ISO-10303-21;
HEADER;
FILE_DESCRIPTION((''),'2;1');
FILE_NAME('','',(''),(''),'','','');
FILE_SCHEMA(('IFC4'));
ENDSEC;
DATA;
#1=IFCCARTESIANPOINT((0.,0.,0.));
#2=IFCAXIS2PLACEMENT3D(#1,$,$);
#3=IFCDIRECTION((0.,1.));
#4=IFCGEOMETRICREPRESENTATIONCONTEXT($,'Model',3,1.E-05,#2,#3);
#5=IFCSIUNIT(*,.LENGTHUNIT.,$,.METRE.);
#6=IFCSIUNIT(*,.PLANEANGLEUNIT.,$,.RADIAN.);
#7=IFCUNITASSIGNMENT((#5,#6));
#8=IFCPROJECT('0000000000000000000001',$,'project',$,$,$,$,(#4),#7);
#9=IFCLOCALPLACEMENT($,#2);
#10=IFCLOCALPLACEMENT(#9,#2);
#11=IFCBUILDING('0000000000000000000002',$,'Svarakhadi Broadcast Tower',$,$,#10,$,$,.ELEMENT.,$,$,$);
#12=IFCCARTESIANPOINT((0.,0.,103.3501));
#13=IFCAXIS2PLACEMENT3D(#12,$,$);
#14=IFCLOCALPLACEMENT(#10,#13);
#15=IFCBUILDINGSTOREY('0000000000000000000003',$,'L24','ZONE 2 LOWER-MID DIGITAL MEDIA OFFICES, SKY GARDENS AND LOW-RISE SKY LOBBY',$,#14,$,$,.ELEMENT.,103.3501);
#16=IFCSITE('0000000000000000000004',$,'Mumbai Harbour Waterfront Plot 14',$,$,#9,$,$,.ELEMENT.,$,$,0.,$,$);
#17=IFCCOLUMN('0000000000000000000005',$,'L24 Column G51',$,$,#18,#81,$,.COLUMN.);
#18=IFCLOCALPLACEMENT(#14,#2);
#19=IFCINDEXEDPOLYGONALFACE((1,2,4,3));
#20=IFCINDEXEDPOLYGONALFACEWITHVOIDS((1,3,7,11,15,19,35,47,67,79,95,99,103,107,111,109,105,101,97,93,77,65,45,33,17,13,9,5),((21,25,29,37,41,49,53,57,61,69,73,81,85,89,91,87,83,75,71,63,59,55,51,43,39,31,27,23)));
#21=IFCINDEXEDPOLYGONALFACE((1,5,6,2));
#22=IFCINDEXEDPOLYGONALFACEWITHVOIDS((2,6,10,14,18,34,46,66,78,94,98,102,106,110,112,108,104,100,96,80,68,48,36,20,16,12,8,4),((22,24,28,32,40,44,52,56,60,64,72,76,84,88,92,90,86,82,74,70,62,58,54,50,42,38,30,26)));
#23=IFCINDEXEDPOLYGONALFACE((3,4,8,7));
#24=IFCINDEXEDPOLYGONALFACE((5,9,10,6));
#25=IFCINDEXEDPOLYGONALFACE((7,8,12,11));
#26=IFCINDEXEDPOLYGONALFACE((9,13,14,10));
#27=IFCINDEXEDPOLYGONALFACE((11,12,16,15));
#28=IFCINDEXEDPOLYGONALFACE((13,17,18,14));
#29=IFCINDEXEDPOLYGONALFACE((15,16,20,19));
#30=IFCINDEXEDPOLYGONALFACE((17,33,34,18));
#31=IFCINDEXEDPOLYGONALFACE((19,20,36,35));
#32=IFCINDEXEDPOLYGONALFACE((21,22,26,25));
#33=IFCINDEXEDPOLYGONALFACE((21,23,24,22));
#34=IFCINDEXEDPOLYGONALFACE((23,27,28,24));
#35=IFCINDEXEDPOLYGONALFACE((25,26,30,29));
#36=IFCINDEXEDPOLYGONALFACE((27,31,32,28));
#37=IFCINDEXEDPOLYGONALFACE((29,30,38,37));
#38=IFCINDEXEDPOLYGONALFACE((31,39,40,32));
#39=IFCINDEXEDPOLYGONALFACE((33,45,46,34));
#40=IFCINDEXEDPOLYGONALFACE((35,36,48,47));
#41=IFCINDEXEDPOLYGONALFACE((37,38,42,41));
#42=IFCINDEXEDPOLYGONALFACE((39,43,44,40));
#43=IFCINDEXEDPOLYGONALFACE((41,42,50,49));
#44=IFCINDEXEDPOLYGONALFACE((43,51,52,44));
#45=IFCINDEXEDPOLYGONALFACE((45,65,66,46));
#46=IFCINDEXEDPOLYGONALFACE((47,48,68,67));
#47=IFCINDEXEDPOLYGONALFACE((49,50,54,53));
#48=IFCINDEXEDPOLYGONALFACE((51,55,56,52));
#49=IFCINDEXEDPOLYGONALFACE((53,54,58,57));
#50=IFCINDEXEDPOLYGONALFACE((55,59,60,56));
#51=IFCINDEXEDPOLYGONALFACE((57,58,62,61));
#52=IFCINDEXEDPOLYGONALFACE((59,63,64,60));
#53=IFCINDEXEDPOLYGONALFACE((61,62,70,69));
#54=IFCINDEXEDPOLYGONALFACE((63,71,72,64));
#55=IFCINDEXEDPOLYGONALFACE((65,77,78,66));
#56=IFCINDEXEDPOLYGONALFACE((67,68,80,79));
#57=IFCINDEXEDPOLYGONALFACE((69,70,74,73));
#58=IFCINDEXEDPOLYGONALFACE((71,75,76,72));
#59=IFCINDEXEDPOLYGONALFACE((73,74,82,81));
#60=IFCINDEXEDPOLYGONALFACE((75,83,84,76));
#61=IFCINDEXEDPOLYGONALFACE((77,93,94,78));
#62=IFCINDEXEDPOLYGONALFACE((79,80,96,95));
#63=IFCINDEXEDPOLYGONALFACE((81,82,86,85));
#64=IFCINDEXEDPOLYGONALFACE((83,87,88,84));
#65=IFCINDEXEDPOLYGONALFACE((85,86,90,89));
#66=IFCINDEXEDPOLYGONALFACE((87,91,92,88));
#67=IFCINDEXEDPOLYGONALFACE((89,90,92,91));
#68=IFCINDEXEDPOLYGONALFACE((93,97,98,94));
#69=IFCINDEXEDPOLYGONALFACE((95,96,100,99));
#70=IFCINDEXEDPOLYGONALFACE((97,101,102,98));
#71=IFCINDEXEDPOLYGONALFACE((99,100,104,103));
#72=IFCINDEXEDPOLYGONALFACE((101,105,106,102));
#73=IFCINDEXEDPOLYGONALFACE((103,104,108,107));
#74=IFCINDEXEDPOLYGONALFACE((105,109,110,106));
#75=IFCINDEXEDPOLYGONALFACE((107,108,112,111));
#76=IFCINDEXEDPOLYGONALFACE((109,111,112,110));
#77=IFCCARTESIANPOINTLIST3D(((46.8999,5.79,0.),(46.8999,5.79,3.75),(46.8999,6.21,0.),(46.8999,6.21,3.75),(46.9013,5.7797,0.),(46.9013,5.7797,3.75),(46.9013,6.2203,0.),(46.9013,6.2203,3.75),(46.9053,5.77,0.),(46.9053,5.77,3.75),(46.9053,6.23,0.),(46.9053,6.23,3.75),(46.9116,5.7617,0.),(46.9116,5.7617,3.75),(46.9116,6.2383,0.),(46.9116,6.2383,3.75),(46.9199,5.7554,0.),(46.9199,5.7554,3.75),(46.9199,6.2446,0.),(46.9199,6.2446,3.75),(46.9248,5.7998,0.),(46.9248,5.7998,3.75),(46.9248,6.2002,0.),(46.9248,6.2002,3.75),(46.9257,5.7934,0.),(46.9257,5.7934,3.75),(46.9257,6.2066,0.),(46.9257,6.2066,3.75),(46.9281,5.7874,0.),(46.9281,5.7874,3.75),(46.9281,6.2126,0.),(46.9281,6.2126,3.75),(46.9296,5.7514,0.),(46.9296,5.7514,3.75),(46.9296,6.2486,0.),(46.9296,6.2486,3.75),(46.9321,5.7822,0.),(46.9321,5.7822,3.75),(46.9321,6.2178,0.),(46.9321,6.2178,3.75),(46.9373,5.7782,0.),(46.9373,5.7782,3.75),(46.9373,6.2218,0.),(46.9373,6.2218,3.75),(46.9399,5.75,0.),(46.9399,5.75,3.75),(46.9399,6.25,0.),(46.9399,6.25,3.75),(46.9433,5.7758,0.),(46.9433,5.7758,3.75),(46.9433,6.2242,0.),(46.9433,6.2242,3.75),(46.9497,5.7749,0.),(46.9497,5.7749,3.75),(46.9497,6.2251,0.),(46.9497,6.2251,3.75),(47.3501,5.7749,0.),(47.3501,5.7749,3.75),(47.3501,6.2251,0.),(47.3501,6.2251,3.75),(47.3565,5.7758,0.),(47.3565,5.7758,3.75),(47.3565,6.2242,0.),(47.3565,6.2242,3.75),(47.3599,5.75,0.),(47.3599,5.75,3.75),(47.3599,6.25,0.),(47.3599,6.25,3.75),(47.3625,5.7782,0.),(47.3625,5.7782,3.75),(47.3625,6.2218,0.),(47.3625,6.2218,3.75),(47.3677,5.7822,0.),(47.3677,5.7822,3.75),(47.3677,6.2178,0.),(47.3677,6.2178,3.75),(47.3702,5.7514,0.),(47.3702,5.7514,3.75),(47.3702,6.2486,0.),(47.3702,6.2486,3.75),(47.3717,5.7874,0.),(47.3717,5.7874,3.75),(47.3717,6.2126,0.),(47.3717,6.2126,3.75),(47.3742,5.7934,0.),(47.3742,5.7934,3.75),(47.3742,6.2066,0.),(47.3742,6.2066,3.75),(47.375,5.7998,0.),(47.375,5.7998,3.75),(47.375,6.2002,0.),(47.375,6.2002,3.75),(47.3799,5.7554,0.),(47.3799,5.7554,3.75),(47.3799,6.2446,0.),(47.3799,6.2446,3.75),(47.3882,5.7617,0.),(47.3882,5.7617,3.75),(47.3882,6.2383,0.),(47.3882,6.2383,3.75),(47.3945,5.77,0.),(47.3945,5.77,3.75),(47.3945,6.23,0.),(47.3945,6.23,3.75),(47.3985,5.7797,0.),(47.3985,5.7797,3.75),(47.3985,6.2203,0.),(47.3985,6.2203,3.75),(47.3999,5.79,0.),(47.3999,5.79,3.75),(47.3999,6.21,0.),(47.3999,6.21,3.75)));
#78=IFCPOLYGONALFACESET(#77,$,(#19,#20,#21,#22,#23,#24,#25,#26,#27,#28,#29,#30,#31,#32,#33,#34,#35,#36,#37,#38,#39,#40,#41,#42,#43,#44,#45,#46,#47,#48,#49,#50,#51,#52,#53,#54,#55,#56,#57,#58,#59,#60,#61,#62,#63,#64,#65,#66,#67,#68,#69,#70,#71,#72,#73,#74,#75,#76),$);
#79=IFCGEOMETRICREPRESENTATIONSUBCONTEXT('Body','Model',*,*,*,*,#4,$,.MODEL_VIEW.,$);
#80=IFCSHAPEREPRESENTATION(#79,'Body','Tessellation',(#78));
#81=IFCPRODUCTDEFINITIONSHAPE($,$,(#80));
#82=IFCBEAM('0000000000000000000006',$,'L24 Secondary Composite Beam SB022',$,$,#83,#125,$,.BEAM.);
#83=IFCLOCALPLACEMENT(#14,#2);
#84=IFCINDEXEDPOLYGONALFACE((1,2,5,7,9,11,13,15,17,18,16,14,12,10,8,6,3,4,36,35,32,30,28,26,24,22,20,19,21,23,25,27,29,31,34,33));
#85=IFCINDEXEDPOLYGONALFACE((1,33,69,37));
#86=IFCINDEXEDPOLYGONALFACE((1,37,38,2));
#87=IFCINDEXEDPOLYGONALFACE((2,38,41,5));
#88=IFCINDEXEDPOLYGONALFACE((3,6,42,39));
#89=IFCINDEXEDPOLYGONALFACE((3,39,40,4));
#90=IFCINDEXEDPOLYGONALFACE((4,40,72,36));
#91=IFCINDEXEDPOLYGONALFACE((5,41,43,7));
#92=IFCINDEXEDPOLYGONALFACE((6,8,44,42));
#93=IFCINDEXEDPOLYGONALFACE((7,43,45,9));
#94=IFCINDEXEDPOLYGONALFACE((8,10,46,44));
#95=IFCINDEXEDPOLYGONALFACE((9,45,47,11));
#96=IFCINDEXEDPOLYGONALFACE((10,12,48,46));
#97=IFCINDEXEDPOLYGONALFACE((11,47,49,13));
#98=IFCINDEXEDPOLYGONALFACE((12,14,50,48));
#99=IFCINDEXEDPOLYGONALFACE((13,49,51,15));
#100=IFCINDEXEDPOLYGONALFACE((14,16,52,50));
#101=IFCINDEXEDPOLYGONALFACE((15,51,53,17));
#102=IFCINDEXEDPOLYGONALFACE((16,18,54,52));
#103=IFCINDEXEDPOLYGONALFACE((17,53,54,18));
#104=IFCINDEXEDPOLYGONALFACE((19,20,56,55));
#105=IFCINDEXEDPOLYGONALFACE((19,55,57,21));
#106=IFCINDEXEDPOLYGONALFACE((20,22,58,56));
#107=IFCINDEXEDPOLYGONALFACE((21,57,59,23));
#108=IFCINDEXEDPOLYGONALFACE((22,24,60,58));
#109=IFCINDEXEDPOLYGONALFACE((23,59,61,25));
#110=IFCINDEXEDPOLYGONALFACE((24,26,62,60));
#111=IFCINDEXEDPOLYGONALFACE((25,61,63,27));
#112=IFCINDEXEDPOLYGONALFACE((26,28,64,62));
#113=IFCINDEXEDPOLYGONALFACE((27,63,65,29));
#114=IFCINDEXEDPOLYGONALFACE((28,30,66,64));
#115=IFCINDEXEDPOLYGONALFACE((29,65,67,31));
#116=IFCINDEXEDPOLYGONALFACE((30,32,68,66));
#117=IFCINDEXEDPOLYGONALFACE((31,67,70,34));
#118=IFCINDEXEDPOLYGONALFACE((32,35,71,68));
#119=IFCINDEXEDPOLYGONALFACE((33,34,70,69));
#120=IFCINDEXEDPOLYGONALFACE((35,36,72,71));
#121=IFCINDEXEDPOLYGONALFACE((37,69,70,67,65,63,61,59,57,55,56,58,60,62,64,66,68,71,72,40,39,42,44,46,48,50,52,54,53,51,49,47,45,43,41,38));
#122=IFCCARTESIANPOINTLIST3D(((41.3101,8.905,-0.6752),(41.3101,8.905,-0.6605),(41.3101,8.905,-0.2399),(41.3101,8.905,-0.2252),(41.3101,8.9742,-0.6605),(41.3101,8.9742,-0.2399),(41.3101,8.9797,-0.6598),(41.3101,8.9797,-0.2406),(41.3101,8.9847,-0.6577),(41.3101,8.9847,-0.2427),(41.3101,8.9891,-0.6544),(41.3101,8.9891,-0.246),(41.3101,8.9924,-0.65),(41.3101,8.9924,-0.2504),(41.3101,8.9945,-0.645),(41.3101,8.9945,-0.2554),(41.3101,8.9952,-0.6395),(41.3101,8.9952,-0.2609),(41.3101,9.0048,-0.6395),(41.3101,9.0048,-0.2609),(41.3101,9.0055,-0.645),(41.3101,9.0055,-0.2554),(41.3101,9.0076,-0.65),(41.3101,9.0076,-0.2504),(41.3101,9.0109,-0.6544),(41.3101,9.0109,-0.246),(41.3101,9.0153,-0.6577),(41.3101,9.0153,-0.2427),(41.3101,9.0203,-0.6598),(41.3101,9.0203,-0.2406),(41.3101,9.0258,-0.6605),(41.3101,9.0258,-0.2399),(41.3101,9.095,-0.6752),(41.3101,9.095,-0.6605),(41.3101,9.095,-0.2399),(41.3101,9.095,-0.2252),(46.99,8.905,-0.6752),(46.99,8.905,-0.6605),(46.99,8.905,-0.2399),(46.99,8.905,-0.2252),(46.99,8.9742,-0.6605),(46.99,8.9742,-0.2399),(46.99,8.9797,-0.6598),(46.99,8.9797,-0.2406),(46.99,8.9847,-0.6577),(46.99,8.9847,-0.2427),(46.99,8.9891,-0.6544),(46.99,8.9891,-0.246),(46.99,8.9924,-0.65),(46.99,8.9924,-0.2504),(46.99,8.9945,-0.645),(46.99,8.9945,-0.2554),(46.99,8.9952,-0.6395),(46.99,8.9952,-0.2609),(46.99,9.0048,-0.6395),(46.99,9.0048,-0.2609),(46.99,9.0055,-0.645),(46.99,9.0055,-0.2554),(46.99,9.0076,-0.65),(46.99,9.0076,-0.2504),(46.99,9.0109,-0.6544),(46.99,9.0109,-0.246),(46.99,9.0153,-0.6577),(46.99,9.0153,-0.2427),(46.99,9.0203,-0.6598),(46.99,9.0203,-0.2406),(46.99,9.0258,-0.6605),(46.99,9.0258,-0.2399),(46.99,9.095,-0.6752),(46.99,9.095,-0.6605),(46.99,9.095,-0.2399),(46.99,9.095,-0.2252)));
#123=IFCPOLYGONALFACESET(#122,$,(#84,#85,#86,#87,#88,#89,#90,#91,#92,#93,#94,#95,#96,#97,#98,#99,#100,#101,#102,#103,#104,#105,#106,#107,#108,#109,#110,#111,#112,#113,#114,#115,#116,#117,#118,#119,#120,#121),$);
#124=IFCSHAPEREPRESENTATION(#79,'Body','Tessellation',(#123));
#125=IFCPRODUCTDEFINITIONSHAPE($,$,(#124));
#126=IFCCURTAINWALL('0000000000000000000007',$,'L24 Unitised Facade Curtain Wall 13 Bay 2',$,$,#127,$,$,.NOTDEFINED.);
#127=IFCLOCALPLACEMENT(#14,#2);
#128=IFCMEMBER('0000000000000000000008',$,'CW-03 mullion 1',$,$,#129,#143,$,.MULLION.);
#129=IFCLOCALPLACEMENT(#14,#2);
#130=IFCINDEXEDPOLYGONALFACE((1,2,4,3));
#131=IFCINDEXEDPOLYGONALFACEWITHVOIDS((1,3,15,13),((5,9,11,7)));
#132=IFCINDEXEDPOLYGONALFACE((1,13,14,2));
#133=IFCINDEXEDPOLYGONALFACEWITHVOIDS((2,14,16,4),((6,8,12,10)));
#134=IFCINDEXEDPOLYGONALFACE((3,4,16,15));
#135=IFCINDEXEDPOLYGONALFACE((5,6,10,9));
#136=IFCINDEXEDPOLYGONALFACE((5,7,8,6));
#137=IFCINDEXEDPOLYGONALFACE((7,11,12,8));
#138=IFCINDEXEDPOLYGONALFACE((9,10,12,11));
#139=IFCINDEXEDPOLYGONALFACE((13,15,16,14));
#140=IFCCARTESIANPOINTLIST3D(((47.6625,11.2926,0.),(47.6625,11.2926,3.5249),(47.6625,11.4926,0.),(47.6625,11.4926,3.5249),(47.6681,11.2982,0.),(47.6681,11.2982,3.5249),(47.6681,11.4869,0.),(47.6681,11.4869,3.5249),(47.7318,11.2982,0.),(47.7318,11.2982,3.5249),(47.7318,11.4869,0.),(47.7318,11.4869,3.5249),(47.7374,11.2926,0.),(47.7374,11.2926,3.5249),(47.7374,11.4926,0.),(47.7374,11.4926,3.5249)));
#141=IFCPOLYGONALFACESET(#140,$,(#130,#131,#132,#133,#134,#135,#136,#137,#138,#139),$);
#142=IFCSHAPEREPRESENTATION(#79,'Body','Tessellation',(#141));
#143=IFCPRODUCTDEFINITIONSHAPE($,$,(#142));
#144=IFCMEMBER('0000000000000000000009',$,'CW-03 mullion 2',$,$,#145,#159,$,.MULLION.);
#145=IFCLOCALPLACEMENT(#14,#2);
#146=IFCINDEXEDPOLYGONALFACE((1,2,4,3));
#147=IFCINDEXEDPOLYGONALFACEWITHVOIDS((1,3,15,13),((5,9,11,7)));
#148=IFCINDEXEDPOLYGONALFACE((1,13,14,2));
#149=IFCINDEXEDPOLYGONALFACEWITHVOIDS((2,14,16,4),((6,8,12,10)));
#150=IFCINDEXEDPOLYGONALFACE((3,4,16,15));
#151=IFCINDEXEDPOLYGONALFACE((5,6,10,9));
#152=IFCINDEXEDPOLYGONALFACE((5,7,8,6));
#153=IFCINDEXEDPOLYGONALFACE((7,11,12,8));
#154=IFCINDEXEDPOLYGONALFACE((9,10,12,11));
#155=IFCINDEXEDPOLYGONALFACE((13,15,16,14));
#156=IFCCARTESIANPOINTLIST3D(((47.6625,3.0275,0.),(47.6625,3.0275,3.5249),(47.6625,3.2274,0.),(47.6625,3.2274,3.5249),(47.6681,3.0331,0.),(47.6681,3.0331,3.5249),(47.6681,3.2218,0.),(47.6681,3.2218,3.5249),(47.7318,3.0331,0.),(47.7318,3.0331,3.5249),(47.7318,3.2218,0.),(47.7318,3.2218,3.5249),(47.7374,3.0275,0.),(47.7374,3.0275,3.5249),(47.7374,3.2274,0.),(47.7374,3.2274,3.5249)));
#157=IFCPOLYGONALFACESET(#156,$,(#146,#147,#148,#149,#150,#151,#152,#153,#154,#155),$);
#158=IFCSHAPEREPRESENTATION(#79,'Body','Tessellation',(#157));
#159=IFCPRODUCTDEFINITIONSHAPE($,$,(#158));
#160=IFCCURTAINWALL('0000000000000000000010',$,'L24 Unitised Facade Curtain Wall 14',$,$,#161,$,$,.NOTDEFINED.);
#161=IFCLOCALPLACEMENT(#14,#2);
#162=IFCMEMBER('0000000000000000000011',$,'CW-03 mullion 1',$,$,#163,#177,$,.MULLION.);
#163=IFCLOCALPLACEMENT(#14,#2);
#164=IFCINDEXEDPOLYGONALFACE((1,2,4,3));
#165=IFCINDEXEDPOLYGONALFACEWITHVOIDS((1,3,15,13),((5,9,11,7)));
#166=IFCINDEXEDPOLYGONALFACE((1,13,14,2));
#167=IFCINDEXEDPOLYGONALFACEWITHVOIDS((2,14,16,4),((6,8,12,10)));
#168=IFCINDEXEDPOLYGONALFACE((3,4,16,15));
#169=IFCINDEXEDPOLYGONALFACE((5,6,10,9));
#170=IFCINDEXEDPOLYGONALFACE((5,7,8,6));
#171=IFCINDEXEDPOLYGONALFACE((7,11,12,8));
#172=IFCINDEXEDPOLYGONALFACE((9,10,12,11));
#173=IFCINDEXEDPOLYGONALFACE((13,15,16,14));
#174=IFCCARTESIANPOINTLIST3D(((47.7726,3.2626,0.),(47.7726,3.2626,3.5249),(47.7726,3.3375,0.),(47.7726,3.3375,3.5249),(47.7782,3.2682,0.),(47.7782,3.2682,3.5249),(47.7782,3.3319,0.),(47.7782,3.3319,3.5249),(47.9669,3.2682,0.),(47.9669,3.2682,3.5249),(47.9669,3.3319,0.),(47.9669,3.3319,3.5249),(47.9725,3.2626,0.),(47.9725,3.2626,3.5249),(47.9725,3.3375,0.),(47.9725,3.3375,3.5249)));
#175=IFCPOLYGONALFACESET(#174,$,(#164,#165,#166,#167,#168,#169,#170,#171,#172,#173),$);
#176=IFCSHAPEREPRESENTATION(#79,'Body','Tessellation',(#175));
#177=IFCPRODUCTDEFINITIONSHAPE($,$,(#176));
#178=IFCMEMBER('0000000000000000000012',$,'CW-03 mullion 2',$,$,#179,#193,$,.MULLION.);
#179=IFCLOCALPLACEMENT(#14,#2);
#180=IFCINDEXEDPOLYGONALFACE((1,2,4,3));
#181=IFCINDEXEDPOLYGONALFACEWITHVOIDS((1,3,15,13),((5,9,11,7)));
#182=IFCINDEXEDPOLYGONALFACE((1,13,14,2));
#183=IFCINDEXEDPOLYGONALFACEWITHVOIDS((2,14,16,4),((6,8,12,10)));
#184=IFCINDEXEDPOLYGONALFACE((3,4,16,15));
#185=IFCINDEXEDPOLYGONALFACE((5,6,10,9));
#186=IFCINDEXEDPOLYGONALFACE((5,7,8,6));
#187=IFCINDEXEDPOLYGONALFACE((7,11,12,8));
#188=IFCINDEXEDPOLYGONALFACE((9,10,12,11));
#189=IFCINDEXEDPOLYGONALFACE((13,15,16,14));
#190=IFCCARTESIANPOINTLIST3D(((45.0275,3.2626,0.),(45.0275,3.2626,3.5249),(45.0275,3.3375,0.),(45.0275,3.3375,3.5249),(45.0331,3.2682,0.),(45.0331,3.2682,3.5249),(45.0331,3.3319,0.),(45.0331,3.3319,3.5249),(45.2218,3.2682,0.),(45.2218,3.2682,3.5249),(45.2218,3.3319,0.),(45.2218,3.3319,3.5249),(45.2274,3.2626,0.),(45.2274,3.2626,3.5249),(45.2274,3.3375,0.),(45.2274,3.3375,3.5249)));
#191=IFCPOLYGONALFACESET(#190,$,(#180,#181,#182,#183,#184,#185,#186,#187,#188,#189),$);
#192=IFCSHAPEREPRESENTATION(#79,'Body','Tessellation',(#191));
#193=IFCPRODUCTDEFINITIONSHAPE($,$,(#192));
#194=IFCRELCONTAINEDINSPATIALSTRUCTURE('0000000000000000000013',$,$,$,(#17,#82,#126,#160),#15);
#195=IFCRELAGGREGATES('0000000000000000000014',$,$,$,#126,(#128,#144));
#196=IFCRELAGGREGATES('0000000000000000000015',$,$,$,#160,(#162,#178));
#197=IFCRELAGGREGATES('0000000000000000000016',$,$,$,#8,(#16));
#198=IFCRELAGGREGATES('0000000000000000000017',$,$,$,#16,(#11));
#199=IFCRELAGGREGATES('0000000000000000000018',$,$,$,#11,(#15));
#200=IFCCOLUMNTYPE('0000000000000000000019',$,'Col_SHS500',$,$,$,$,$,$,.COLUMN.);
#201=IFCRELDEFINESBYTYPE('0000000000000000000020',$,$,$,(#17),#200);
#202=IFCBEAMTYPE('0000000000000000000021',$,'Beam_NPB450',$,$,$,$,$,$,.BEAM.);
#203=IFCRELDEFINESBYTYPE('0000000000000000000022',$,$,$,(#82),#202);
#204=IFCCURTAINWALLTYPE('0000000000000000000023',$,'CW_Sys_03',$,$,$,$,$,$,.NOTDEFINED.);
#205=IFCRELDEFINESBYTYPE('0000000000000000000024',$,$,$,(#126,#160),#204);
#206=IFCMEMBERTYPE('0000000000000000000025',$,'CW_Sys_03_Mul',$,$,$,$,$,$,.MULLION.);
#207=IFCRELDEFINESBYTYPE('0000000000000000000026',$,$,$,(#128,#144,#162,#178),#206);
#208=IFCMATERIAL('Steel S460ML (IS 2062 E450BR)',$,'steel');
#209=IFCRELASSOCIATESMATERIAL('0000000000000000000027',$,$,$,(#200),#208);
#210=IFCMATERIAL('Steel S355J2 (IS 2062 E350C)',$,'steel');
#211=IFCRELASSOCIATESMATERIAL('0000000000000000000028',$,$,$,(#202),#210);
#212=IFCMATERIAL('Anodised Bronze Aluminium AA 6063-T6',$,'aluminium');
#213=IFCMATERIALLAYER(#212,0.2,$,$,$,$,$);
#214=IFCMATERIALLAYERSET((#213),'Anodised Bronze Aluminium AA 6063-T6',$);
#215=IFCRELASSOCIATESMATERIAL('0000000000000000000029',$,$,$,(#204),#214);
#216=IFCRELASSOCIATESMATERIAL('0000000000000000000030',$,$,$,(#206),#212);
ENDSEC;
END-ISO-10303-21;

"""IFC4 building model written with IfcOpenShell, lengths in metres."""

from ifc_helpers import new_model, si_unit, direction, frame, origin, origin_2d, place, context, subcontext, project, spatial, hollow_rectangle, i_section, extrude, material, layer, layer_set, material_profile, profile_set, type_object, element, aggregate, save


model = new_model("IFC4")

# Units and contexts
model_context = context("Model", 3, precision=1e-05, world=origin(), true_north=direction((0.0, 1.0)))
body_context = subcontext(model_context, "Body", "Model", "MODEL_VIEW")
ifc_project = project(units=[si_unit("LENGTHUNIT", "METRE"), si_unit("PLANEANGLEUNIT", "RADIAN")], contexts=[model_context])

# Site, building, storey
site_placement = place(None, origin())
site = spatial("IfcSite", under=ifc_project, at=site_placement, Name="Mumbai Harbour Waterfront Plot 14", CompositionType="ELEMENT", RefElevation=0.0)
building_placement = place(site_placement, origin())
building = spatial("IfcBuilding", under=site, at=building_placement, Name="Svarakhadi Broadcast Tower", CompositionType="ELEMENT")
storey_placement = place(building_placement, frame((0.0, 0.0, 103.3501)))
storey = spatial("IfcBuildingStorey", under=building, at=storey_placement, Name="L24", Description="ZONE 2 LOWER-MID DIGITAL MEDIA OFFICES, SKY GARDENS AND LOW-RISE SKY LOBBY", CompositionType="ELEMENT", Elevation=103.3501)

# Column
ifc_material_1 = material(Name="Steel S460ML (IS 2062 E450BR)", Category="steel")
ifc_material_profile_1 = material_profile(ifc_material_1, hollow_rectangle(XDim=0.5, YDim=0.5, WallThickness=0.0249, InnerFilletRadius=0.0249, OuterFilletRadius=0.04, at=origin_2d()), Name="SHS 500x500x25")
ifc_profile_set_1 = profile_set([ifc_material_profile_1], Name="Steel S460ML (IS 2062 E450BR)")
column_type = type_object("IfcColumnType", Name="Col_SHS500", PredefinedType="COLUMN", material=ifc_profile_set_1)
column_placement = place(storey_placement, frame((47.1499, 6.0, 0.0), z_axis=(0.0, 0.0, 1.0), x_axis=(1.0, 0.0, 0.0)))
element("IfcColumn", 1, at=column_placement, inside=storey, type_object=column_type, Name="L24 Column G51", PredefinedType="COLUMN", context=body_context, shape_type="SweptSolid", body=[
    extrude(hollow_rectangle(XDim=0.5, YDim=0.5, WallThickness=0.0249, InnerFilletRadius=0.0249, OuterFilletRadius=0.04, at=origin_2d()), origin(), (0.0, 0.0, 1.0), 3.75),
])

# Beam
ifc_material_2 = material(Name="Steel S355J2 (IS 2062 E350C)", Category="steel")
ifc_material_profile_2 = material_profile(ifc_material_2, i_section(OverallWidth=0.1899, OverallDepth=0.45, WebThickness=0.0095, FlangeThickness=0.0146, FilletRadius=0.021, at=origin_2d()), Name="NPB 450x190x78")
ifc_profile_set_2 = profile_set([ifc_material_profile_2], Name="Steel S355J2 (IS 2062 E350C)")
beam_type_1 = type_object("IfcBeamType", Name="Beam_NPB450", PredefinedType="BEAM", material=ifc_profile_set_2)
beam_1_placement = place(storey_placement, frame((41.3101, 9.0, -0.4502), z_axis=(1.0, 0.0, 0.0), x_axis=(0.0, 1.0, 0.0)))
element("IfcBeam", 2, at=beam_1_placement, inside=storey, type_object=beam_type_1, Name="L24 Secondary Composite Beam SB022", PredefinedType="BEAM", context=body_context, shape_type="SweptSolid", body=[
    extrude(i_section(OverallWidth=0.1899, OverallDepth=0.45, WebThickness=0.0095, FlangeThickness=0.0146, FilletRadius=0.021, at=origin_2d()), origin(), (0.0, 0.0, 1.0), 5.6799),
])

# Curtain walls, members
ifc_material_3 = material(Name="Anodised Bronze Aluminium AA 6063-T6", Category="aluminium")
ifc_layer_1 = layer(ifc_material_3, 0.2)
ifc_layer_set_1 = layer_set([ifc_layer_1], Name="Anodised Bronze Aluminium AA 6063-T6")
curtain_wall_type = type_object("IfcCurtainWallType", Name="CW_Sys_03", PredefinedType="NOTDEFINED", material=ifc_layer_set_1)
curtain_wall_1_placement = place(storey_placement, origin())
curtain_wall_1 = element("IfcCurtainWall", 3, at=curtain_wall_1_placement, inside=storey, type_object=curtain_wall_type, Name="L24 Unitised Facade Curtain Wall 13 Bay 2", PredefinedType="NOTDEFINED")
ifc_material_profile_3 = material_profile(ifc_material_3, hollow_rectangle(XDim=0.075, YDim=0.2, WallThickness=0.0056, at=origin_2d()), Name="ALU MULLION 200x75x6")
ifc_profile_set_3 = profile_set([ifc_material_profile_3], Name="Anodised Bronze Aluminium AA 6063-T6")
member_type_1 = type_object("IfcMemberType", Name="CW_Sys_03_Mul", PredefinedType="MULLION", material=ifc_profile_set_3)
member_1_placement = place(storey_placement, frame((47.7, 11.3926, 0.0), z_axis=(0.0, 0.0, 1.0), x_axis=(1.0, 0.0, 0.0)))
member_1 = element("IfcMember", 4, at=member_1_placement, type_object=member_type_1, Name="CW-03 mullion 1", PredefinedType="MULLION", context=body_context, shape_type="SweptSolid", body=[
    extrude(hollow_rectangle(XDim=0.075, YDim=0.2, WallThickness=0.0056, at=origin_2d()), origin(), (0.0, 0.0, 1.0), 3.5249),
])
member_2_placement = place(storey_placement, frame((47.7, 3.1274, 0.0), z_axis=(0.0, 0.0, 1.0), x_axis=(1.0, 0.0, 0.0)))
member_2 = element("IfcMember", 5, at=member_2_placement, type_object=member_type_1, Name="CW-03 mullion 2", PredefinedType="MULLION", context=body_context, shape_type="SweptSolid", body=[
    extrude(hollow_rectangle(XDim=0.075, YDim=0.2, WallThickness=0.0056, at=origin_2d()), origin(), (0.0, 0.0, 1.0), 3.5249),
])
curtain_wall_2_placement = place(storey_placement, origin())
curtain_wall_2 = element("IfcCurtainWall", 6, at=curtain_wall_2_placement, inside=storey, type_object=curtain_wall_type, Name="L24 Unitised Facade Curtain Wall 14", PredefinedType="NOTDEFINED")
member_3_placement = place(storey_placement, frame((47.8726, 3.3, 0.0), z_axis=(0.0, 0.0, 1.0), x_axis=(0.0, -1.0, 0.0)))
member_3 = element("IfcMember", 7, at=member_3_placement, type_object=member_type_1, Name="CW-03 mullion 1", PredefinedType="MULLION", context=body_context, shape_type="SweptSolid", body=[
    extrude(hollow_rectangle(XDim=0.075, YDim=0.2, WallThickness=0.0056, at=origin_2d()), origin(), (0.0, 0.0, 1.0), 3.5249),
])
member_4_placement = place(storey_placement, frame((45.1274, 3.3, 0.0), z_axis=(0.0, 0.0, 1.0), x_axis=(0.0, -1.0, 0.0)))
member_4 = element("IfcMember", 8, at=member_4_placement, type_object=member_type_1, Name="CW-03 mullion 2", PredefinedType="MULLION", context=body_context, shape_type="SweptSolid", body=[
    extrude(hollow_rectangle(XDim=0.075, YDim=0.2, WallThickness=0.0056, at=origin_2d()), origin(), (0.0, 0.0, 1.0), 3.5249),
])

aggregate(curtain_wall_1, [member_1, member_2])
aggregate(curtain_wall_2, [member_3, member_4])

save(model, "model.ifc")
